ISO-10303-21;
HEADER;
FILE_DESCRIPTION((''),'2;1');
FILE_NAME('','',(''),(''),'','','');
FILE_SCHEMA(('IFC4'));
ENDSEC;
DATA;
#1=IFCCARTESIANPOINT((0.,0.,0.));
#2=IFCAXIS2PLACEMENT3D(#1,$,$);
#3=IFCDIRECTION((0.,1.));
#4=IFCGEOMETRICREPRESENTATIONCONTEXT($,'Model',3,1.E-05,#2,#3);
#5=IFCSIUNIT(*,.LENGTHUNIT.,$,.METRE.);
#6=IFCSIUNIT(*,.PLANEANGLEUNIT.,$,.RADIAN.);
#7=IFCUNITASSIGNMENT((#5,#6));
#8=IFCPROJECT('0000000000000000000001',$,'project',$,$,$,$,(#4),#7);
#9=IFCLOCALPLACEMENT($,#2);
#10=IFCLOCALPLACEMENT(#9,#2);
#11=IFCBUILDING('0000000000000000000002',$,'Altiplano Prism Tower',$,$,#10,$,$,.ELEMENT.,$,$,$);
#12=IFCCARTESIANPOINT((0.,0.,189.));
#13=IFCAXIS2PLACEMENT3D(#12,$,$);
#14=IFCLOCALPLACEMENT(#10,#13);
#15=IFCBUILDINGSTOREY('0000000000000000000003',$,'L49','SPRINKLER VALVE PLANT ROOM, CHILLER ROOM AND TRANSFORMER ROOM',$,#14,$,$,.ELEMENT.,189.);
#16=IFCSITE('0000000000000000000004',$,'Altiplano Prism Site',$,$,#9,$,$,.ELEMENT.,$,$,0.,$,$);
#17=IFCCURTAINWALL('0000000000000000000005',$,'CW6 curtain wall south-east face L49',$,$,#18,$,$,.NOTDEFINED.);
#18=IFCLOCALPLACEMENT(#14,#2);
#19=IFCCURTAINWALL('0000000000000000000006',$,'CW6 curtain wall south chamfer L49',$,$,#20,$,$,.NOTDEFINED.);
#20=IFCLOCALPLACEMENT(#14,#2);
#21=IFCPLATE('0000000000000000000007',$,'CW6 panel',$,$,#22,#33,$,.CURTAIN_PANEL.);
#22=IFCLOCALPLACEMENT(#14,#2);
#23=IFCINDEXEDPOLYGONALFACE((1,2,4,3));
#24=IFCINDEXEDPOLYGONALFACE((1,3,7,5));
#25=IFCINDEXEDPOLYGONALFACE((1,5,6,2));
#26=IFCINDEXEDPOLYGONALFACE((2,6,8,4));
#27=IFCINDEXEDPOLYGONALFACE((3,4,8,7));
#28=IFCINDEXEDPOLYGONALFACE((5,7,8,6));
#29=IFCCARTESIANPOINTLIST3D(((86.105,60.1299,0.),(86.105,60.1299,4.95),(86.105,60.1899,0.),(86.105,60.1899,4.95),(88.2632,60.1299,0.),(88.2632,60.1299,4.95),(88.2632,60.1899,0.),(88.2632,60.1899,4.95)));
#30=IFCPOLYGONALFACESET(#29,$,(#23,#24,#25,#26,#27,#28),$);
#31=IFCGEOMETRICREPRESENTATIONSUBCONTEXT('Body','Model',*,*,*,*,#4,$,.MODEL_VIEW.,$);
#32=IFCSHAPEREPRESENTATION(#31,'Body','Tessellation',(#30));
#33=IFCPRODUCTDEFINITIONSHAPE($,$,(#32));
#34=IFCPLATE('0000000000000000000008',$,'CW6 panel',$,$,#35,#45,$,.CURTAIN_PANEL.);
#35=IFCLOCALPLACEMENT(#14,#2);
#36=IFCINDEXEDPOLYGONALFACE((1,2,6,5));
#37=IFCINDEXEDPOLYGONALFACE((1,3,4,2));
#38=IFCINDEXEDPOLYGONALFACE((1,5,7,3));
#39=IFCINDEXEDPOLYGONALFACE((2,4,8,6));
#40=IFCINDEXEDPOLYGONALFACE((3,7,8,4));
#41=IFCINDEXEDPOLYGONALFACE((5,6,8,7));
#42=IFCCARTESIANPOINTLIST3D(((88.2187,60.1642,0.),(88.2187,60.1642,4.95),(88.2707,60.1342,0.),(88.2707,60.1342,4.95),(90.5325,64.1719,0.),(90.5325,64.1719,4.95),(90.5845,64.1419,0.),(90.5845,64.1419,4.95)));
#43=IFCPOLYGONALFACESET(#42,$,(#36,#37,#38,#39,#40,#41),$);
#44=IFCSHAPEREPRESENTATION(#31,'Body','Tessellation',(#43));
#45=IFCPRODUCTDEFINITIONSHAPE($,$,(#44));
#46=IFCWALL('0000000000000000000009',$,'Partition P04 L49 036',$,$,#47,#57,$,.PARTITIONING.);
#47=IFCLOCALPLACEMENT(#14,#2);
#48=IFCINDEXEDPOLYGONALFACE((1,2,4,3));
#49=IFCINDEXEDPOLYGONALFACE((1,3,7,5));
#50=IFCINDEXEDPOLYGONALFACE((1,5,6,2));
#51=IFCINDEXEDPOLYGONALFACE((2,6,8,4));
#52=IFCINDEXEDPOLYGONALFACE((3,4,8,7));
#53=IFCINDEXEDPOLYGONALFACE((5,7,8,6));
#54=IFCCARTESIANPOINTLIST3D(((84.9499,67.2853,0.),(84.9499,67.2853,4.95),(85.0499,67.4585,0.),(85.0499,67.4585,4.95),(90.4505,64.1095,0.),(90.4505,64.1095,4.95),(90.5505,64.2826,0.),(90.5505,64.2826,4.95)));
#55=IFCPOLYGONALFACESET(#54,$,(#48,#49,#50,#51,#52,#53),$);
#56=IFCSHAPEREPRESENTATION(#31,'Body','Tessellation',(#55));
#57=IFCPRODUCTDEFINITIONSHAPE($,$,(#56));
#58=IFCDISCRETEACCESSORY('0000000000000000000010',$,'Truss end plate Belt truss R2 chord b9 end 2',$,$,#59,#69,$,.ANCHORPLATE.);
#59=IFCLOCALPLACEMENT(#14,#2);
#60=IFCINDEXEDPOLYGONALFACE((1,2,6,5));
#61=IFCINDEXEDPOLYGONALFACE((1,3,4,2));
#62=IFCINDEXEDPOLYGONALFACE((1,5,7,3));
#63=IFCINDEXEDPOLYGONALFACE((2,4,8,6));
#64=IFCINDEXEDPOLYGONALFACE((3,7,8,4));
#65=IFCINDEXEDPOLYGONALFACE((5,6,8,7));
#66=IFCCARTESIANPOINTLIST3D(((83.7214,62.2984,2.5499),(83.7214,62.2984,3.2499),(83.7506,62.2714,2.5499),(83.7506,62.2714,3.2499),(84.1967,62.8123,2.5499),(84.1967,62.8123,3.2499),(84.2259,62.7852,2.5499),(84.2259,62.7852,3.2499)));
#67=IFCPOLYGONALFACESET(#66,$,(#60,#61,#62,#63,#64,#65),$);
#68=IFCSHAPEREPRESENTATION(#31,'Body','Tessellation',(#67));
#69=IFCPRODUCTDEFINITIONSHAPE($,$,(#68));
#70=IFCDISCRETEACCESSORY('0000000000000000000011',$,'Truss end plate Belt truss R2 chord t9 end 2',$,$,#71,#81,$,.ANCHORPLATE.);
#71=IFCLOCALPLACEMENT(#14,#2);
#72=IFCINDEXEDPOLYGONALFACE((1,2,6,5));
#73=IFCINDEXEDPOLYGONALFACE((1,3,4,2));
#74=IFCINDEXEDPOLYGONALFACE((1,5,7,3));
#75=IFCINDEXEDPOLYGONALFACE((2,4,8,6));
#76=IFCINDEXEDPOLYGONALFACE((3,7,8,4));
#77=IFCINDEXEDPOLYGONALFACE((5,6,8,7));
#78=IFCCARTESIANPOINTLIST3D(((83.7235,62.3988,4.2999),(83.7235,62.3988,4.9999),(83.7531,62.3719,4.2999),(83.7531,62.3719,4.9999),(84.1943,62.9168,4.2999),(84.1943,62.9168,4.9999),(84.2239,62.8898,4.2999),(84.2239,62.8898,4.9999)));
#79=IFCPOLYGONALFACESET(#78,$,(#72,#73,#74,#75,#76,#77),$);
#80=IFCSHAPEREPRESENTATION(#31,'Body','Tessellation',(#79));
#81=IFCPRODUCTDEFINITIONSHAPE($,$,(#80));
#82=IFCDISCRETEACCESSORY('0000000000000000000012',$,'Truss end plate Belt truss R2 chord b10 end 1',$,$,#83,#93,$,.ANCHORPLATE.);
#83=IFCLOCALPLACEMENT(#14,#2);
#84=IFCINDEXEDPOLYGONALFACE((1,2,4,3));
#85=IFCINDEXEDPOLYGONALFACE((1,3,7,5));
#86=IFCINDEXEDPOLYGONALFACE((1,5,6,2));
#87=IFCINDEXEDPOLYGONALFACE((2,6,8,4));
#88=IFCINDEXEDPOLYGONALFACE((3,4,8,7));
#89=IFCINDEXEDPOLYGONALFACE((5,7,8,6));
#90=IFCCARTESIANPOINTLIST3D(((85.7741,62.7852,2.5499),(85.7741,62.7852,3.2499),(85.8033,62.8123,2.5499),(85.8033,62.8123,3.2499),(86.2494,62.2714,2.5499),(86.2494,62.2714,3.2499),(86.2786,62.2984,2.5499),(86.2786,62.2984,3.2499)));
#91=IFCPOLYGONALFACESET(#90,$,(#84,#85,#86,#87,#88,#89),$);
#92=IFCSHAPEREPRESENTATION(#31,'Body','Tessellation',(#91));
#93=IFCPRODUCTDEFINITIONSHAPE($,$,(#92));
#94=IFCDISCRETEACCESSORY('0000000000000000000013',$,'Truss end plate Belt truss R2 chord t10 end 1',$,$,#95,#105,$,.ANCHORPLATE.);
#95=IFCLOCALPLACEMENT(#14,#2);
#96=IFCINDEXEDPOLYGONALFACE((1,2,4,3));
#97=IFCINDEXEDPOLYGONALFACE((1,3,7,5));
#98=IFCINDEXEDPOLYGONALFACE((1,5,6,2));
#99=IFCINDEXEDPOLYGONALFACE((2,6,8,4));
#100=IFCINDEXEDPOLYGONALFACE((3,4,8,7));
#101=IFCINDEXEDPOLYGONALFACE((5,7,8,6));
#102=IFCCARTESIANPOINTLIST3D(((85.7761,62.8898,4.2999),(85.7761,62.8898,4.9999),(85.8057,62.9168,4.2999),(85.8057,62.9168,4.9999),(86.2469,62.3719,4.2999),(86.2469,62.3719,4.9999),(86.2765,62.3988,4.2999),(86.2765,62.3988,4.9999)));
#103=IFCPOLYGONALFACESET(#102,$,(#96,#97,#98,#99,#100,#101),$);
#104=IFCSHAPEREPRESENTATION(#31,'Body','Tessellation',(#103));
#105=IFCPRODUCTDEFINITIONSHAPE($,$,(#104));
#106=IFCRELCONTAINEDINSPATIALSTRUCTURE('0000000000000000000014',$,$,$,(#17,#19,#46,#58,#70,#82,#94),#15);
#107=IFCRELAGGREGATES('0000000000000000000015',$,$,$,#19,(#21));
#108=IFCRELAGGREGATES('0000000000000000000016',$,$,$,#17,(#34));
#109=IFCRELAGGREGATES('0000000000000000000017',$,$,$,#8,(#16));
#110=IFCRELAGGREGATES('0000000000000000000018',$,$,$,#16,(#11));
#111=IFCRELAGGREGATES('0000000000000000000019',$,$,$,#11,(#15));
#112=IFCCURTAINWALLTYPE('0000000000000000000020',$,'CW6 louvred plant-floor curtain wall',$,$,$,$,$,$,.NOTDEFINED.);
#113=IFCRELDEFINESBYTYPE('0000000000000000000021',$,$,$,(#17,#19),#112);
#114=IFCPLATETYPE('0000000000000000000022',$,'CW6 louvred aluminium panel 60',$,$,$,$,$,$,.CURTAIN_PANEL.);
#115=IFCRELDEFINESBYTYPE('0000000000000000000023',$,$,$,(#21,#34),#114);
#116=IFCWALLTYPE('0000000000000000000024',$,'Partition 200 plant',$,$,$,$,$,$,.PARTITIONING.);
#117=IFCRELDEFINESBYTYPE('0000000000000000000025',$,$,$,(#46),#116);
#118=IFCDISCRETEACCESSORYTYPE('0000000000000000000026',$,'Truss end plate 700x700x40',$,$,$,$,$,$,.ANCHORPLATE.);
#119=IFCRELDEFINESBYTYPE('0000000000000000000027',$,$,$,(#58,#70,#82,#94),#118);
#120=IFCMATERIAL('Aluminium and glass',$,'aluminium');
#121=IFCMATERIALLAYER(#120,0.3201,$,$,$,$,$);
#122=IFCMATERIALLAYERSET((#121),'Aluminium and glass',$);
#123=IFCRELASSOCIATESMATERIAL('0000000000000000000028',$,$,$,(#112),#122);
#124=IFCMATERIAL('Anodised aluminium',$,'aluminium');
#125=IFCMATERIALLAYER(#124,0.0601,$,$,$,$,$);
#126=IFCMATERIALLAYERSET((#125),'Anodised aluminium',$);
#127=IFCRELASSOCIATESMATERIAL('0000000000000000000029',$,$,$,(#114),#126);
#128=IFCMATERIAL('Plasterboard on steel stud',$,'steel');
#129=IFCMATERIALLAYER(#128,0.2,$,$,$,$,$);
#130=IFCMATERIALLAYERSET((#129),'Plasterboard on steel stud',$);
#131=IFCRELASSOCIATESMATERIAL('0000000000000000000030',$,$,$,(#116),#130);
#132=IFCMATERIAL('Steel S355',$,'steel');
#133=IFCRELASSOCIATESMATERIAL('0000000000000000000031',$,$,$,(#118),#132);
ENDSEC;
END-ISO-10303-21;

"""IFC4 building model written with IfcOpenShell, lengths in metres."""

from ifc_helpers import new_model, si_unit, direction, frame, frame_2d, origin, origin_2d, place, context, subcontext, project, spatial, rectangle, extrude, material, layer, layer_set, material_profile, profile_set, type_object, element, aggregate, save


model = new_model("IFC4")

# Units and contexts
model_context = context("Model", 3, precision=1e-05, world=origin(), true_north=direction((0.0, 1.0)))
body_context = subcontext(model_context, "Body", "Model", "MODEL_VIEW")
ifc_project = project(units=[si_unit("LENGTHUNIT", "METRE"), si_unit("PLANEANGLEUNIT", "RADIAN")], contexts=[model_context])

# Site, building, storey
site_placement = place(None, origin())
site = spatial("IfcSite", under=ifc_project, at=site_placement, Name="Altiplano Prism Site", CompositionType="ELEMENT", RefElevation=0.0)
building_placement = place(site_placement, origin())
building = spatial("IfcBuilding", under=site, at=building_placement, Name="Altiplano Prism Tower", CompositionType="ELEMENT")
storey_placement = place(building_placement, frame((0.0, 0.0, 189.0)))
storey = spatial("IfcBuildingStorey", under=building, at=storey_placement, Name="L49", Description="SPRINKLER VALVE PLANT ROOM, CHILLER ROOM AND TRANSFORMER ROOM", CompositionType="ELEMENT", Elevation=189.0)

# Shared definitions
ifc_material_1 = material(Name="Steel S355", Category="steel")

# Curtain walls
ifc_material_2 = material(Name="Aluminium and glass", Category="aluminium")
ifc_layer_1 = layer(ifc_material_2, 0.3201)
ifc_layer_set_1 = layer_set([ifc_layer_1], Name="Aluminium and glass")
curtain_wall_type = type_object("IfcCurtainWallType", Name="CW6 louvred plant-floor curtain wall", PredefinedType="NOTDEFINED", material=ifc_layer_set_1)
curtain_wall_1_placement = place(storey_placement, origin())
curtain_wall_1 = element("IfcCurtainWall", 1, at=curtain_wall_1_placement, inside=storey, type_object=curtain_wall_type, Name="CW6 curtain wall south-east face L49", PredefinedType="NOTDEFINED")
curtain_wall_2_placement = place(storey_placement, origin())
curtain_wall_2 = element("IfcCurtainWall", 2, at=curtain_wall_2_placement, inside=storey, type_object=curtain_wall_type, Name="CW6 curtain wall south chamfer L49", PredefinedType="NOTDEFINED")

# Plates
ifc_material_3 = material(Name="Anodised aluminium", Category="aluminium")
ifc_layer_2 = layer(ifc_material_3, 0.0601)
ifc_layer_set_2 = layer_set([ifc_layer_2], Name="Anodised aluminium")
plate_type = type_object("IfcPlateType", Name="CW6 louvred aluminium panel 60", PredefinedType="CURTAIN_PANEL", material=ifc_layer_set_2)
plate_1_placement = place(storey_placement, frame((87.1841, 60.1599, 0.0), z_axis=(0.0, 0.0, 1.0), x_axis=(1.0, 0.0, 0.0)))
plate_1 = element("IfcPlate", 3, at=plate_1_placement, type_object=plate_type, Name="CW6 panel", PredefinedType="CURTAIN_PANEL", context=body_context, shape_type="SweptSolid", body=[
    extrude(rectangle(XDim=2.1582, YDim=0.0601, at=origin_2d()), origin(), (0.0, 0.0, 1.0), 4.95),
])
aggregate(curtain_wall_2, [plate_1])
plate_2_placement = place(storey_placement, frame((89.4016, 62.1531, 0.0), z_axis=(0.0, 0.0, 1.0), x_axis=(0.5, 0.866025, 0.0)))
plate_2 = element("IfcPlate", 4, at=plate_2_placement, type_object=plate_type, Name="CW6 panel", PredefinedType="CURTAIN_PANEL", context=body_context, shape_type="SweptSolid", body=[
    extrude(rectangle(XDim=4.6277, YDim=0.0601, at=origin_2d()), origin(), (0.0, 0.0, 1.0), 4.95),
])
aggregate(curtain_wall_1, [plate_2])

# Wall
ifc_material_4 = material(Name="Plasterboard on steel stud", Category="steel")
ifc_layer_3 = layer(ifc_material_4, 0.2)
ifc_layer_set_3 = layer_set([ifc_layer_3], Name="Plasterboard on steel stud")
wall_type = type_object("IfcWallType", Name="Partition 200 plant", PredefinedType="PARTITIONING", material=ifc_layer_set_3)
wall_placement = place(storey_placement, frame((90.5005, 64.196, 0.0), z_axis=(0.0, 0.0, 1.0), x_axis=(-0.86602, 0.500009, 0.0)))
element("IfcWall", 5, at=wall_placement, inside=storey, type_object=wall_type, Name="Partition P04 L49 036", PredefinedType="PARTITIONING", context=body_context, shape_type="SweptSolid", body=[
    extrude(rectangle(XDim=6.3516, YDim=0.2, at=frame_2d((3.1758, 0.0))), origin(), (0.0, 0.0, 1.0), 4.95),
])

# Discrete accessories
ifc_material_profile_1 = material_profile(ifc_material_1, rectangle(XDim=0.7, YDim=0.7, at=origin_2d()), Name="Truss end plate 700x700x40")
ifc_profile_set_1 = profile_set([ifc_material_profile_1], Name="Steel S355")
discrete_accessory_type = type_object("IfcDiscreteAccessoryType", Name="Truss end plate 700x700x40", PredefinedType="ANCHORPLATE", material=ifc_profile_set_1)
discrete_accessory_1_placement = place(storey_placement, frame((83.9883, 62.5283, 2.8999), z_axis=(-0.734099, 0.679042, 0.0), x_axis=(-0.679042, -0.734099, 0.0)))
element("IfcDiscreteAccessory", 6, at=discrete_accessory_1_placement, inside=storey, type_object=discrete_accessory_type, Name="Truss end plate Belt truss R2 chord b9 end 2", PredefinedType="ANCHORPLATE", context=body_context, shape_type="SweptSolid", body=[
    extrude(rectangle(XDim=0.7, YDim=0.7, at=origin_2d()), origin(), (0.0, 0.0, 1.0), 0.0398),
])
discrete_accessory_2_placement = place(storey_placement, frame((83.9885, 62.6309, 4.6499), z_axis=(-0.73994, 0.672673, 0.0), x_axis=(-0.672673, -0.73994, 0.0)))
element("IfcDiscreteAccessory", 7, at=discrete_accessory_2_placement, inside=storey, type_object=discrete_accessory_type, Name="Truss end plate Belt truss R2 chord t9 end 2", PredefinedType="ANCHORPLATE", context=body_context, shape_type="SweptSolid", body=[
    extrude(rectangle(XDim=0.7, YDim=0.7, at=origin_2d()), origin(), (0.0, 0.0, 1.0), 0.04),
])
discrete_accessory_3_placement = place(storey_placement, frame((86.0117, 62.5283, 2.8999), z_axis=(0.734099, 0.679042, 0.0), x_axis=(-0.679042, 0.734099, 0.0)))
element("IfcDiscreteAccessory", 8, at=discrete_accessory_3_placement, inside=storey, type_object=discrete_accessory_type, Name="Truss end plate Belt truss R2 chord b10 end 1", PredefinedType="ANCHORPLATE", context=body_context, shape_type="SweptSolid", body=[
    extrude(rectangle(XDim=0.7, YDim=0.7, at=origin_2d()), origin(), (0.0, 0.0, 1.0), 0.0398),
])
discrete_accessory_4_placement = place(storey_placement, frame((86.0115, 62.6309, 4.6499), z_axis=(0.73994, 0.672673, 0.0), x_axis=(-0.672673, 0.73994, 0.0)))
element("IfcDiscreteAccessory", 9, at=discrete_accessory_4_placement, inside=storey, type_object=discrete_accessory_type, Name="Truss end plate Belt truss R2 chord t10 end 1", PredefinedType="ANCHORPLATE", context=body_context, shape_type="SweptSolid", body=[
    extrude(rectangle(XDim=0.7, YDim=0.7, at=origin_2d()), origin(), (0.0, 0.0, 1.0), 0.04),
])

save(model, "model.ifc")
